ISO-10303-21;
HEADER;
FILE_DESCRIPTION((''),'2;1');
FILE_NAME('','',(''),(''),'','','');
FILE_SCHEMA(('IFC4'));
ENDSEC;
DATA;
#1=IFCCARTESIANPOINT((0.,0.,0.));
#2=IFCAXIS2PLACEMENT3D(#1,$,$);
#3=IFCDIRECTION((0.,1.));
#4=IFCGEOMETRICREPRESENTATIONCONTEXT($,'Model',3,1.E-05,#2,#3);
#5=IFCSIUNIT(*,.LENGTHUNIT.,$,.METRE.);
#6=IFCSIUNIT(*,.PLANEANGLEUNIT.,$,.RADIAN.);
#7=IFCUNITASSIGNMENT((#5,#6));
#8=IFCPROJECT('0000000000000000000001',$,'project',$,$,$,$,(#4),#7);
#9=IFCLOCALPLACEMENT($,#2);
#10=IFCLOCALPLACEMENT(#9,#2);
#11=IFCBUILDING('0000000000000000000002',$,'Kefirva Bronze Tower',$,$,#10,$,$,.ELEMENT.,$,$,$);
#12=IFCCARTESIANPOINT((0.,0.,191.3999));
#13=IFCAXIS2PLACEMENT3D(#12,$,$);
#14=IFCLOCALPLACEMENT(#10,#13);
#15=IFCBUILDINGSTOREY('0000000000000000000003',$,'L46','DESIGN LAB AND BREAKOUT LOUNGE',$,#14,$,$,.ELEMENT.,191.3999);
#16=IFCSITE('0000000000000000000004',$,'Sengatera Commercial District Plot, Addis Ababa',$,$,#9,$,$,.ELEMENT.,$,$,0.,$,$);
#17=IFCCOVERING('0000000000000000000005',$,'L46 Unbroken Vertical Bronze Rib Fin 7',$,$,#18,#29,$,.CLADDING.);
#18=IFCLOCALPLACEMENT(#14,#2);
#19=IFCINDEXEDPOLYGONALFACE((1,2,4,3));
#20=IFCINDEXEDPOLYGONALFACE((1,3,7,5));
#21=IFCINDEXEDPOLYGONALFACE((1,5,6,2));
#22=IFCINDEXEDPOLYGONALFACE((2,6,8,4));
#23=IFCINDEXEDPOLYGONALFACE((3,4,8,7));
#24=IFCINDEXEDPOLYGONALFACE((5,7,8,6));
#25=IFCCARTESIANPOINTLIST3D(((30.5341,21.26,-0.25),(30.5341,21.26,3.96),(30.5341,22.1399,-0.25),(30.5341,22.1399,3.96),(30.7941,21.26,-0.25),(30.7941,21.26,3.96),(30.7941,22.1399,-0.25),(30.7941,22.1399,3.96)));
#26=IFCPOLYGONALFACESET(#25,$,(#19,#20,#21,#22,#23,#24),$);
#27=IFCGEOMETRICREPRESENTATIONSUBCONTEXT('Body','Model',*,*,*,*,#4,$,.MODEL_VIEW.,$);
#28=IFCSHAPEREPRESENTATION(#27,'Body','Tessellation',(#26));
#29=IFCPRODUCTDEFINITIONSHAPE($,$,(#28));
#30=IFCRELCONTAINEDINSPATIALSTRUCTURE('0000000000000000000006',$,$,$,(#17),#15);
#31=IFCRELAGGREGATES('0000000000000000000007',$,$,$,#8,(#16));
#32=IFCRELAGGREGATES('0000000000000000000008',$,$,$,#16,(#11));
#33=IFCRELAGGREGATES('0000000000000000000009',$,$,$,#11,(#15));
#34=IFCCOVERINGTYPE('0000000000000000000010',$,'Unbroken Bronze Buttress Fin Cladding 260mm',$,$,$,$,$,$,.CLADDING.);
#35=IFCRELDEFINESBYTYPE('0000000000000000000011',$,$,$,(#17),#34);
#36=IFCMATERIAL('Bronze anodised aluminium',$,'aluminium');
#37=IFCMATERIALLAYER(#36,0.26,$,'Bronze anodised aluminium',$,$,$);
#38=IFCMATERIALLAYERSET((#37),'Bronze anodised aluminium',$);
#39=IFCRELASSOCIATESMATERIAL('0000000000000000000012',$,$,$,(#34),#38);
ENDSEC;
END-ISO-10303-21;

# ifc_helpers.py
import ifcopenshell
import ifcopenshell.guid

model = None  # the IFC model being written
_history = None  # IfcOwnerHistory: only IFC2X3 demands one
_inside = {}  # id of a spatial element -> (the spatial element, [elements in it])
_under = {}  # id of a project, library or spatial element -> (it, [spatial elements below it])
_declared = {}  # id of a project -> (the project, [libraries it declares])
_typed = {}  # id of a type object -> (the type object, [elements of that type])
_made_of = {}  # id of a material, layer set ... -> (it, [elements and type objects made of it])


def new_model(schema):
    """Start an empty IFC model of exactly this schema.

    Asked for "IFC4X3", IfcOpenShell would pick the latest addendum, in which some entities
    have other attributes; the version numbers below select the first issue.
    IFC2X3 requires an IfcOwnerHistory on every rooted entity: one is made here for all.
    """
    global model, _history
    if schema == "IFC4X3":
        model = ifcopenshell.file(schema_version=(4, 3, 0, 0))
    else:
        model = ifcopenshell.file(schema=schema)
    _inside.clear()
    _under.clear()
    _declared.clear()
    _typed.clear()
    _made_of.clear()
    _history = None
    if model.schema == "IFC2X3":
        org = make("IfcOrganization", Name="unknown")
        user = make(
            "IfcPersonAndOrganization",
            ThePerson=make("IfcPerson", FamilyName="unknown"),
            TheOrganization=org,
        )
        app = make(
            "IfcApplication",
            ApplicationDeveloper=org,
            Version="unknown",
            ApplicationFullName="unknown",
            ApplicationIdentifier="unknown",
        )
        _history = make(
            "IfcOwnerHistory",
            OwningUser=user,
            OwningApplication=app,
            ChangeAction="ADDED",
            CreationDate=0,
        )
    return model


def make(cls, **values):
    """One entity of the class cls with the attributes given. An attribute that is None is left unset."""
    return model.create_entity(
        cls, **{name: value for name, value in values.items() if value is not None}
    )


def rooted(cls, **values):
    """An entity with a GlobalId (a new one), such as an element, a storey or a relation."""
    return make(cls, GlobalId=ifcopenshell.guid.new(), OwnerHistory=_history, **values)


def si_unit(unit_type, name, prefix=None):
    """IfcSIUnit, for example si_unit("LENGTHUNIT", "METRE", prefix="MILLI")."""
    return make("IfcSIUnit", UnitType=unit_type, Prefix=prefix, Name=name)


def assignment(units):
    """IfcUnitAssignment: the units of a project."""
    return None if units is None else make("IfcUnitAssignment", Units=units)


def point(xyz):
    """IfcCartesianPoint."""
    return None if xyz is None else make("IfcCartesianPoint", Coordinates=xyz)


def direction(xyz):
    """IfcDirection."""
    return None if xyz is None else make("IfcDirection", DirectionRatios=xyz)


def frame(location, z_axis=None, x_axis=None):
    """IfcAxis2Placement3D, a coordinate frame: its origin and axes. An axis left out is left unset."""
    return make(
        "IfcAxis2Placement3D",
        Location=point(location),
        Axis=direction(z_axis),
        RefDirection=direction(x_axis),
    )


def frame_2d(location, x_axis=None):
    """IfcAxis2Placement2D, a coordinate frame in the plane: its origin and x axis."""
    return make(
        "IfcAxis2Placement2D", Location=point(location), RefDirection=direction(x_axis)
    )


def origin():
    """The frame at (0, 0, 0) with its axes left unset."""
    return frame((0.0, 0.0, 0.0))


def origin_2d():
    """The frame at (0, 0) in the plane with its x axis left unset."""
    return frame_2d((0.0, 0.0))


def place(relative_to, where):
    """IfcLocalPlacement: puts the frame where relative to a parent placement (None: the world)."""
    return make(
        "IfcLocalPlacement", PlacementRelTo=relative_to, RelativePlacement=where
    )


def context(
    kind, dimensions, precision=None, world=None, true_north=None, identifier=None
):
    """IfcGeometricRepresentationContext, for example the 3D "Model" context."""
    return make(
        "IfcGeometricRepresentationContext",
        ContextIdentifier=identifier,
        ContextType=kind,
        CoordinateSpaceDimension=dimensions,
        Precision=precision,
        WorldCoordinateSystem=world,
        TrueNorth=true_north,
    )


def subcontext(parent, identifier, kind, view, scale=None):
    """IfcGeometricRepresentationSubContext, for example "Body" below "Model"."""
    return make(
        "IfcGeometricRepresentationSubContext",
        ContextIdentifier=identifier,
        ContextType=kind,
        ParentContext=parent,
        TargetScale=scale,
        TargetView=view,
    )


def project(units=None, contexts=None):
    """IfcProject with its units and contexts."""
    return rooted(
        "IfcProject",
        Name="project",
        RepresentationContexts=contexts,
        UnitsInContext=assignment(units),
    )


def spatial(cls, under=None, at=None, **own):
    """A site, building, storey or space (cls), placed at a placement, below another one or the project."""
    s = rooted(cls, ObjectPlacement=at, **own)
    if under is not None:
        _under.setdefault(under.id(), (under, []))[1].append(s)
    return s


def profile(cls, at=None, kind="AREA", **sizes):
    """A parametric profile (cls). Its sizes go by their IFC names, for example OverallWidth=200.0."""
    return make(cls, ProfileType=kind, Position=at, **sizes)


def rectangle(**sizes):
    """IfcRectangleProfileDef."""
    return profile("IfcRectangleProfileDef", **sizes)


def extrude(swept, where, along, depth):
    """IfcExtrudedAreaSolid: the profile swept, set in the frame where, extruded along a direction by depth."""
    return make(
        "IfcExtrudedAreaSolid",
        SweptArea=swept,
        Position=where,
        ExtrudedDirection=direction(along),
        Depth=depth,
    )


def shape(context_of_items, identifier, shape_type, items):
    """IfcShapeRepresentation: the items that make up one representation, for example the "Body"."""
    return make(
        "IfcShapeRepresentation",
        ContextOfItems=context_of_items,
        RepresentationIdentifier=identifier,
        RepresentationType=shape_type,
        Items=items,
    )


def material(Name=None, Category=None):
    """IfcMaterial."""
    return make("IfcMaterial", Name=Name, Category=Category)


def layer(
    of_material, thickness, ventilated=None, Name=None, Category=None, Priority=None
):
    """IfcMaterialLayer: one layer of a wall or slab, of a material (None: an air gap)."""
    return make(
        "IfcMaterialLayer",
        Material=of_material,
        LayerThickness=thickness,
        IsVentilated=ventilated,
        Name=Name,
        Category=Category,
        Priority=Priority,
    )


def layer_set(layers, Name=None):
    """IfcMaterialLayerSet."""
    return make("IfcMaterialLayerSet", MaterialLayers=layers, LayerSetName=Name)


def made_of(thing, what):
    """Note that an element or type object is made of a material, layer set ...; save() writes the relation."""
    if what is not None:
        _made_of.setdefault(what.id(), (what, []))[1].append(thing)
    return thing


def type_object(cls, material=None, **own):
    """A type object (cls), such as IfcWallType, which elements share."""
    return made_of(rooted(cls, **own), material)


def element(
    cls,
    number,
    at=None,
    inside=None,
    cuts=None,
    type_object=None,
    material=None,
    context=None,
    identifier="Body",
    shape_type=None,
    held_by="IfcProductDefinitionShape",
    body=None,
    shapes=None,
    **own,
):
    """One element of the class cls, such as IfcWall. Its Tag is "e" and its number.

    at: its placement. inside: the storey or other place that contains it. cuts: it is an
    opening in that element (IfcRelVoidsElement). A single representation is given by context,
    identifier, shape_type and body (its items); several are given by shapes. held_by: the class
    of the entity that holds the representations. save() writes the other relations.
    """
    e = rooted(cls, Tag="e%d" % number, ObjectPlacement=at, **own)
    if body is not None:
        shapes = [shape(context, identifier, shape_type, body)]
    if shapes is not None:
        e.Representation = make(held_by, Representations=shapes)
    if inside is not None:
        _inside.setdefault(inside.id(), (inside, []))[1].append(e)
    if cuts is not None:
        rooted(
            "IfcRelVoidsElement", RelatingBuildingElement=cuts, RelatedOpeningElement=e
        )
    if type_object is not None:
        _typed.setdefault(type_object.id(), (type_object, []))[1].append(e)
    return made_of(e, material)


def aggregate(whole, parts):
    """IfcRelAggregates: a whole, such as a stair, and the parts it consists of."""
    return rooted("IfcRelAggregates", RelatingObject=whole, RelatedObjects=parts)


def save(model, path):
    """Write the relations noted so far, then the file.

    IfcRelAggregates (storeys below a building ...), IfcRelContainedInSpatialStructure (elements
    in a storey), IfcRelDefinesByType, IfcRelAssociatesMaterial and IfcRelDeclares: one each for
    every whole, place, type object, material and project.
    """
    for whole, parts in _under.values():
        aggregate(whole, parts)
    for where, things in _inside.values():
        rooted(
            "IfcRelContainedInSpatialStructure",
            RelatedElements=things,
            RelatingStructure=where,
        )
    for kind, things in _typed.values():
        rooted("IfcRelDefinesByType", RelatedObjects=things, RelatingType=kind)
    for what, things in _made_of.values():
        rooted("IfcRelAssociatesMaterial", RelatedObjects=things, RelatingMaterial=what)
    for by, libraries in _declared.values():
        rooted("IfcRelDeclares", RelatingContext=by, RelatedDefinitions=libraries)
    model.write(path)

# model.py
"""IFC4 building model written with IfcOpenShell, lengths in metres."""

from ifc_helpers import new_model, si_unit, direction, frame, origin, origin_2d, place, context, subcontext, project, spatial, rectangle, extrude, material, layer, layer_set, type_object, element, save


model = new_model("IFC4")

# Units and contexts
model_context = context("Model", 3, precision=1e-05, world=origin(), true_north=direction((0.0, 1.0)))
body_context = subcontext(model_context, "Body", "Model", "MODEL_VIEW")
ifc_project = project(units=[si_unit("LENGTHUNIT", "METRE"), si_unit("PLANEANGLEUNIT", "RADIAN")], contexts=[model_context])

# Site, building, storey
site_placement = place(None, origin())
site = spatial("IfcSite", under=ifc_project, at=site_placement, Name="Sengatera Commercial District Plot, Addis Ababa", CompositionType="ELEMENT", RefElevation=0.0)
building_placement = place(site_placement, origin())
building = spatial("IfcBuilding", under=site, at=building_placement, Name="Kefirva Bronze Tower", CompositionType="ELEMENT")
storey_placement = place(building_placement, frame((0.0, 0.0, 191.3999)))
storey = spatial("IfcBuildingStorey", under=building, at=storey_placement, Name="L46", Description="DESIGN LAB AND BREAKOUT LOUNGE", CompositionType="ELEMENT", Elevation=191.3999)

# Shared definitions
ifc_material_1 = material(Name="Bronze anodised aluminium", Category="aluminium")

# Covering
ifc_layer_1 = layer(ifc_material_1, 0.26, Name="Bronze anodised aluminium")
ifc_layer_set_1 = layer_set([ifc_layer_1], Name="Bronze anodised aluminium")
covering_type_1 = type_object("IfcCoveringType", Name="Unbroken Bronze Buttress Fin Cladding 260mm", PredefinedType="CLADDING", material=ifc_layer_set_1)
covering_1_placement = place(storey_placement, frame((30.6641, 21.7, -0.25), z_axis=(0.0, 0.0, 1.0), x_axis=(1.0, 0.0, 0.0)))
element("IfcCovering", 1, at=covering_1_placement, inside=storey, type_object=covering_type_1, Name="L46 Unbroken Vertical Bronze Rib Fin 7", PredefinedType="CLADDING", context=body_context, shape_type="SweptSolid", body=[
    extrude(rectangle(XDim=0.26, YDim=0.8799, at=origin_2d()), origin(), (0.0, 0.0, 1.0), 4.21),
])

save(model, "model.ifc")
